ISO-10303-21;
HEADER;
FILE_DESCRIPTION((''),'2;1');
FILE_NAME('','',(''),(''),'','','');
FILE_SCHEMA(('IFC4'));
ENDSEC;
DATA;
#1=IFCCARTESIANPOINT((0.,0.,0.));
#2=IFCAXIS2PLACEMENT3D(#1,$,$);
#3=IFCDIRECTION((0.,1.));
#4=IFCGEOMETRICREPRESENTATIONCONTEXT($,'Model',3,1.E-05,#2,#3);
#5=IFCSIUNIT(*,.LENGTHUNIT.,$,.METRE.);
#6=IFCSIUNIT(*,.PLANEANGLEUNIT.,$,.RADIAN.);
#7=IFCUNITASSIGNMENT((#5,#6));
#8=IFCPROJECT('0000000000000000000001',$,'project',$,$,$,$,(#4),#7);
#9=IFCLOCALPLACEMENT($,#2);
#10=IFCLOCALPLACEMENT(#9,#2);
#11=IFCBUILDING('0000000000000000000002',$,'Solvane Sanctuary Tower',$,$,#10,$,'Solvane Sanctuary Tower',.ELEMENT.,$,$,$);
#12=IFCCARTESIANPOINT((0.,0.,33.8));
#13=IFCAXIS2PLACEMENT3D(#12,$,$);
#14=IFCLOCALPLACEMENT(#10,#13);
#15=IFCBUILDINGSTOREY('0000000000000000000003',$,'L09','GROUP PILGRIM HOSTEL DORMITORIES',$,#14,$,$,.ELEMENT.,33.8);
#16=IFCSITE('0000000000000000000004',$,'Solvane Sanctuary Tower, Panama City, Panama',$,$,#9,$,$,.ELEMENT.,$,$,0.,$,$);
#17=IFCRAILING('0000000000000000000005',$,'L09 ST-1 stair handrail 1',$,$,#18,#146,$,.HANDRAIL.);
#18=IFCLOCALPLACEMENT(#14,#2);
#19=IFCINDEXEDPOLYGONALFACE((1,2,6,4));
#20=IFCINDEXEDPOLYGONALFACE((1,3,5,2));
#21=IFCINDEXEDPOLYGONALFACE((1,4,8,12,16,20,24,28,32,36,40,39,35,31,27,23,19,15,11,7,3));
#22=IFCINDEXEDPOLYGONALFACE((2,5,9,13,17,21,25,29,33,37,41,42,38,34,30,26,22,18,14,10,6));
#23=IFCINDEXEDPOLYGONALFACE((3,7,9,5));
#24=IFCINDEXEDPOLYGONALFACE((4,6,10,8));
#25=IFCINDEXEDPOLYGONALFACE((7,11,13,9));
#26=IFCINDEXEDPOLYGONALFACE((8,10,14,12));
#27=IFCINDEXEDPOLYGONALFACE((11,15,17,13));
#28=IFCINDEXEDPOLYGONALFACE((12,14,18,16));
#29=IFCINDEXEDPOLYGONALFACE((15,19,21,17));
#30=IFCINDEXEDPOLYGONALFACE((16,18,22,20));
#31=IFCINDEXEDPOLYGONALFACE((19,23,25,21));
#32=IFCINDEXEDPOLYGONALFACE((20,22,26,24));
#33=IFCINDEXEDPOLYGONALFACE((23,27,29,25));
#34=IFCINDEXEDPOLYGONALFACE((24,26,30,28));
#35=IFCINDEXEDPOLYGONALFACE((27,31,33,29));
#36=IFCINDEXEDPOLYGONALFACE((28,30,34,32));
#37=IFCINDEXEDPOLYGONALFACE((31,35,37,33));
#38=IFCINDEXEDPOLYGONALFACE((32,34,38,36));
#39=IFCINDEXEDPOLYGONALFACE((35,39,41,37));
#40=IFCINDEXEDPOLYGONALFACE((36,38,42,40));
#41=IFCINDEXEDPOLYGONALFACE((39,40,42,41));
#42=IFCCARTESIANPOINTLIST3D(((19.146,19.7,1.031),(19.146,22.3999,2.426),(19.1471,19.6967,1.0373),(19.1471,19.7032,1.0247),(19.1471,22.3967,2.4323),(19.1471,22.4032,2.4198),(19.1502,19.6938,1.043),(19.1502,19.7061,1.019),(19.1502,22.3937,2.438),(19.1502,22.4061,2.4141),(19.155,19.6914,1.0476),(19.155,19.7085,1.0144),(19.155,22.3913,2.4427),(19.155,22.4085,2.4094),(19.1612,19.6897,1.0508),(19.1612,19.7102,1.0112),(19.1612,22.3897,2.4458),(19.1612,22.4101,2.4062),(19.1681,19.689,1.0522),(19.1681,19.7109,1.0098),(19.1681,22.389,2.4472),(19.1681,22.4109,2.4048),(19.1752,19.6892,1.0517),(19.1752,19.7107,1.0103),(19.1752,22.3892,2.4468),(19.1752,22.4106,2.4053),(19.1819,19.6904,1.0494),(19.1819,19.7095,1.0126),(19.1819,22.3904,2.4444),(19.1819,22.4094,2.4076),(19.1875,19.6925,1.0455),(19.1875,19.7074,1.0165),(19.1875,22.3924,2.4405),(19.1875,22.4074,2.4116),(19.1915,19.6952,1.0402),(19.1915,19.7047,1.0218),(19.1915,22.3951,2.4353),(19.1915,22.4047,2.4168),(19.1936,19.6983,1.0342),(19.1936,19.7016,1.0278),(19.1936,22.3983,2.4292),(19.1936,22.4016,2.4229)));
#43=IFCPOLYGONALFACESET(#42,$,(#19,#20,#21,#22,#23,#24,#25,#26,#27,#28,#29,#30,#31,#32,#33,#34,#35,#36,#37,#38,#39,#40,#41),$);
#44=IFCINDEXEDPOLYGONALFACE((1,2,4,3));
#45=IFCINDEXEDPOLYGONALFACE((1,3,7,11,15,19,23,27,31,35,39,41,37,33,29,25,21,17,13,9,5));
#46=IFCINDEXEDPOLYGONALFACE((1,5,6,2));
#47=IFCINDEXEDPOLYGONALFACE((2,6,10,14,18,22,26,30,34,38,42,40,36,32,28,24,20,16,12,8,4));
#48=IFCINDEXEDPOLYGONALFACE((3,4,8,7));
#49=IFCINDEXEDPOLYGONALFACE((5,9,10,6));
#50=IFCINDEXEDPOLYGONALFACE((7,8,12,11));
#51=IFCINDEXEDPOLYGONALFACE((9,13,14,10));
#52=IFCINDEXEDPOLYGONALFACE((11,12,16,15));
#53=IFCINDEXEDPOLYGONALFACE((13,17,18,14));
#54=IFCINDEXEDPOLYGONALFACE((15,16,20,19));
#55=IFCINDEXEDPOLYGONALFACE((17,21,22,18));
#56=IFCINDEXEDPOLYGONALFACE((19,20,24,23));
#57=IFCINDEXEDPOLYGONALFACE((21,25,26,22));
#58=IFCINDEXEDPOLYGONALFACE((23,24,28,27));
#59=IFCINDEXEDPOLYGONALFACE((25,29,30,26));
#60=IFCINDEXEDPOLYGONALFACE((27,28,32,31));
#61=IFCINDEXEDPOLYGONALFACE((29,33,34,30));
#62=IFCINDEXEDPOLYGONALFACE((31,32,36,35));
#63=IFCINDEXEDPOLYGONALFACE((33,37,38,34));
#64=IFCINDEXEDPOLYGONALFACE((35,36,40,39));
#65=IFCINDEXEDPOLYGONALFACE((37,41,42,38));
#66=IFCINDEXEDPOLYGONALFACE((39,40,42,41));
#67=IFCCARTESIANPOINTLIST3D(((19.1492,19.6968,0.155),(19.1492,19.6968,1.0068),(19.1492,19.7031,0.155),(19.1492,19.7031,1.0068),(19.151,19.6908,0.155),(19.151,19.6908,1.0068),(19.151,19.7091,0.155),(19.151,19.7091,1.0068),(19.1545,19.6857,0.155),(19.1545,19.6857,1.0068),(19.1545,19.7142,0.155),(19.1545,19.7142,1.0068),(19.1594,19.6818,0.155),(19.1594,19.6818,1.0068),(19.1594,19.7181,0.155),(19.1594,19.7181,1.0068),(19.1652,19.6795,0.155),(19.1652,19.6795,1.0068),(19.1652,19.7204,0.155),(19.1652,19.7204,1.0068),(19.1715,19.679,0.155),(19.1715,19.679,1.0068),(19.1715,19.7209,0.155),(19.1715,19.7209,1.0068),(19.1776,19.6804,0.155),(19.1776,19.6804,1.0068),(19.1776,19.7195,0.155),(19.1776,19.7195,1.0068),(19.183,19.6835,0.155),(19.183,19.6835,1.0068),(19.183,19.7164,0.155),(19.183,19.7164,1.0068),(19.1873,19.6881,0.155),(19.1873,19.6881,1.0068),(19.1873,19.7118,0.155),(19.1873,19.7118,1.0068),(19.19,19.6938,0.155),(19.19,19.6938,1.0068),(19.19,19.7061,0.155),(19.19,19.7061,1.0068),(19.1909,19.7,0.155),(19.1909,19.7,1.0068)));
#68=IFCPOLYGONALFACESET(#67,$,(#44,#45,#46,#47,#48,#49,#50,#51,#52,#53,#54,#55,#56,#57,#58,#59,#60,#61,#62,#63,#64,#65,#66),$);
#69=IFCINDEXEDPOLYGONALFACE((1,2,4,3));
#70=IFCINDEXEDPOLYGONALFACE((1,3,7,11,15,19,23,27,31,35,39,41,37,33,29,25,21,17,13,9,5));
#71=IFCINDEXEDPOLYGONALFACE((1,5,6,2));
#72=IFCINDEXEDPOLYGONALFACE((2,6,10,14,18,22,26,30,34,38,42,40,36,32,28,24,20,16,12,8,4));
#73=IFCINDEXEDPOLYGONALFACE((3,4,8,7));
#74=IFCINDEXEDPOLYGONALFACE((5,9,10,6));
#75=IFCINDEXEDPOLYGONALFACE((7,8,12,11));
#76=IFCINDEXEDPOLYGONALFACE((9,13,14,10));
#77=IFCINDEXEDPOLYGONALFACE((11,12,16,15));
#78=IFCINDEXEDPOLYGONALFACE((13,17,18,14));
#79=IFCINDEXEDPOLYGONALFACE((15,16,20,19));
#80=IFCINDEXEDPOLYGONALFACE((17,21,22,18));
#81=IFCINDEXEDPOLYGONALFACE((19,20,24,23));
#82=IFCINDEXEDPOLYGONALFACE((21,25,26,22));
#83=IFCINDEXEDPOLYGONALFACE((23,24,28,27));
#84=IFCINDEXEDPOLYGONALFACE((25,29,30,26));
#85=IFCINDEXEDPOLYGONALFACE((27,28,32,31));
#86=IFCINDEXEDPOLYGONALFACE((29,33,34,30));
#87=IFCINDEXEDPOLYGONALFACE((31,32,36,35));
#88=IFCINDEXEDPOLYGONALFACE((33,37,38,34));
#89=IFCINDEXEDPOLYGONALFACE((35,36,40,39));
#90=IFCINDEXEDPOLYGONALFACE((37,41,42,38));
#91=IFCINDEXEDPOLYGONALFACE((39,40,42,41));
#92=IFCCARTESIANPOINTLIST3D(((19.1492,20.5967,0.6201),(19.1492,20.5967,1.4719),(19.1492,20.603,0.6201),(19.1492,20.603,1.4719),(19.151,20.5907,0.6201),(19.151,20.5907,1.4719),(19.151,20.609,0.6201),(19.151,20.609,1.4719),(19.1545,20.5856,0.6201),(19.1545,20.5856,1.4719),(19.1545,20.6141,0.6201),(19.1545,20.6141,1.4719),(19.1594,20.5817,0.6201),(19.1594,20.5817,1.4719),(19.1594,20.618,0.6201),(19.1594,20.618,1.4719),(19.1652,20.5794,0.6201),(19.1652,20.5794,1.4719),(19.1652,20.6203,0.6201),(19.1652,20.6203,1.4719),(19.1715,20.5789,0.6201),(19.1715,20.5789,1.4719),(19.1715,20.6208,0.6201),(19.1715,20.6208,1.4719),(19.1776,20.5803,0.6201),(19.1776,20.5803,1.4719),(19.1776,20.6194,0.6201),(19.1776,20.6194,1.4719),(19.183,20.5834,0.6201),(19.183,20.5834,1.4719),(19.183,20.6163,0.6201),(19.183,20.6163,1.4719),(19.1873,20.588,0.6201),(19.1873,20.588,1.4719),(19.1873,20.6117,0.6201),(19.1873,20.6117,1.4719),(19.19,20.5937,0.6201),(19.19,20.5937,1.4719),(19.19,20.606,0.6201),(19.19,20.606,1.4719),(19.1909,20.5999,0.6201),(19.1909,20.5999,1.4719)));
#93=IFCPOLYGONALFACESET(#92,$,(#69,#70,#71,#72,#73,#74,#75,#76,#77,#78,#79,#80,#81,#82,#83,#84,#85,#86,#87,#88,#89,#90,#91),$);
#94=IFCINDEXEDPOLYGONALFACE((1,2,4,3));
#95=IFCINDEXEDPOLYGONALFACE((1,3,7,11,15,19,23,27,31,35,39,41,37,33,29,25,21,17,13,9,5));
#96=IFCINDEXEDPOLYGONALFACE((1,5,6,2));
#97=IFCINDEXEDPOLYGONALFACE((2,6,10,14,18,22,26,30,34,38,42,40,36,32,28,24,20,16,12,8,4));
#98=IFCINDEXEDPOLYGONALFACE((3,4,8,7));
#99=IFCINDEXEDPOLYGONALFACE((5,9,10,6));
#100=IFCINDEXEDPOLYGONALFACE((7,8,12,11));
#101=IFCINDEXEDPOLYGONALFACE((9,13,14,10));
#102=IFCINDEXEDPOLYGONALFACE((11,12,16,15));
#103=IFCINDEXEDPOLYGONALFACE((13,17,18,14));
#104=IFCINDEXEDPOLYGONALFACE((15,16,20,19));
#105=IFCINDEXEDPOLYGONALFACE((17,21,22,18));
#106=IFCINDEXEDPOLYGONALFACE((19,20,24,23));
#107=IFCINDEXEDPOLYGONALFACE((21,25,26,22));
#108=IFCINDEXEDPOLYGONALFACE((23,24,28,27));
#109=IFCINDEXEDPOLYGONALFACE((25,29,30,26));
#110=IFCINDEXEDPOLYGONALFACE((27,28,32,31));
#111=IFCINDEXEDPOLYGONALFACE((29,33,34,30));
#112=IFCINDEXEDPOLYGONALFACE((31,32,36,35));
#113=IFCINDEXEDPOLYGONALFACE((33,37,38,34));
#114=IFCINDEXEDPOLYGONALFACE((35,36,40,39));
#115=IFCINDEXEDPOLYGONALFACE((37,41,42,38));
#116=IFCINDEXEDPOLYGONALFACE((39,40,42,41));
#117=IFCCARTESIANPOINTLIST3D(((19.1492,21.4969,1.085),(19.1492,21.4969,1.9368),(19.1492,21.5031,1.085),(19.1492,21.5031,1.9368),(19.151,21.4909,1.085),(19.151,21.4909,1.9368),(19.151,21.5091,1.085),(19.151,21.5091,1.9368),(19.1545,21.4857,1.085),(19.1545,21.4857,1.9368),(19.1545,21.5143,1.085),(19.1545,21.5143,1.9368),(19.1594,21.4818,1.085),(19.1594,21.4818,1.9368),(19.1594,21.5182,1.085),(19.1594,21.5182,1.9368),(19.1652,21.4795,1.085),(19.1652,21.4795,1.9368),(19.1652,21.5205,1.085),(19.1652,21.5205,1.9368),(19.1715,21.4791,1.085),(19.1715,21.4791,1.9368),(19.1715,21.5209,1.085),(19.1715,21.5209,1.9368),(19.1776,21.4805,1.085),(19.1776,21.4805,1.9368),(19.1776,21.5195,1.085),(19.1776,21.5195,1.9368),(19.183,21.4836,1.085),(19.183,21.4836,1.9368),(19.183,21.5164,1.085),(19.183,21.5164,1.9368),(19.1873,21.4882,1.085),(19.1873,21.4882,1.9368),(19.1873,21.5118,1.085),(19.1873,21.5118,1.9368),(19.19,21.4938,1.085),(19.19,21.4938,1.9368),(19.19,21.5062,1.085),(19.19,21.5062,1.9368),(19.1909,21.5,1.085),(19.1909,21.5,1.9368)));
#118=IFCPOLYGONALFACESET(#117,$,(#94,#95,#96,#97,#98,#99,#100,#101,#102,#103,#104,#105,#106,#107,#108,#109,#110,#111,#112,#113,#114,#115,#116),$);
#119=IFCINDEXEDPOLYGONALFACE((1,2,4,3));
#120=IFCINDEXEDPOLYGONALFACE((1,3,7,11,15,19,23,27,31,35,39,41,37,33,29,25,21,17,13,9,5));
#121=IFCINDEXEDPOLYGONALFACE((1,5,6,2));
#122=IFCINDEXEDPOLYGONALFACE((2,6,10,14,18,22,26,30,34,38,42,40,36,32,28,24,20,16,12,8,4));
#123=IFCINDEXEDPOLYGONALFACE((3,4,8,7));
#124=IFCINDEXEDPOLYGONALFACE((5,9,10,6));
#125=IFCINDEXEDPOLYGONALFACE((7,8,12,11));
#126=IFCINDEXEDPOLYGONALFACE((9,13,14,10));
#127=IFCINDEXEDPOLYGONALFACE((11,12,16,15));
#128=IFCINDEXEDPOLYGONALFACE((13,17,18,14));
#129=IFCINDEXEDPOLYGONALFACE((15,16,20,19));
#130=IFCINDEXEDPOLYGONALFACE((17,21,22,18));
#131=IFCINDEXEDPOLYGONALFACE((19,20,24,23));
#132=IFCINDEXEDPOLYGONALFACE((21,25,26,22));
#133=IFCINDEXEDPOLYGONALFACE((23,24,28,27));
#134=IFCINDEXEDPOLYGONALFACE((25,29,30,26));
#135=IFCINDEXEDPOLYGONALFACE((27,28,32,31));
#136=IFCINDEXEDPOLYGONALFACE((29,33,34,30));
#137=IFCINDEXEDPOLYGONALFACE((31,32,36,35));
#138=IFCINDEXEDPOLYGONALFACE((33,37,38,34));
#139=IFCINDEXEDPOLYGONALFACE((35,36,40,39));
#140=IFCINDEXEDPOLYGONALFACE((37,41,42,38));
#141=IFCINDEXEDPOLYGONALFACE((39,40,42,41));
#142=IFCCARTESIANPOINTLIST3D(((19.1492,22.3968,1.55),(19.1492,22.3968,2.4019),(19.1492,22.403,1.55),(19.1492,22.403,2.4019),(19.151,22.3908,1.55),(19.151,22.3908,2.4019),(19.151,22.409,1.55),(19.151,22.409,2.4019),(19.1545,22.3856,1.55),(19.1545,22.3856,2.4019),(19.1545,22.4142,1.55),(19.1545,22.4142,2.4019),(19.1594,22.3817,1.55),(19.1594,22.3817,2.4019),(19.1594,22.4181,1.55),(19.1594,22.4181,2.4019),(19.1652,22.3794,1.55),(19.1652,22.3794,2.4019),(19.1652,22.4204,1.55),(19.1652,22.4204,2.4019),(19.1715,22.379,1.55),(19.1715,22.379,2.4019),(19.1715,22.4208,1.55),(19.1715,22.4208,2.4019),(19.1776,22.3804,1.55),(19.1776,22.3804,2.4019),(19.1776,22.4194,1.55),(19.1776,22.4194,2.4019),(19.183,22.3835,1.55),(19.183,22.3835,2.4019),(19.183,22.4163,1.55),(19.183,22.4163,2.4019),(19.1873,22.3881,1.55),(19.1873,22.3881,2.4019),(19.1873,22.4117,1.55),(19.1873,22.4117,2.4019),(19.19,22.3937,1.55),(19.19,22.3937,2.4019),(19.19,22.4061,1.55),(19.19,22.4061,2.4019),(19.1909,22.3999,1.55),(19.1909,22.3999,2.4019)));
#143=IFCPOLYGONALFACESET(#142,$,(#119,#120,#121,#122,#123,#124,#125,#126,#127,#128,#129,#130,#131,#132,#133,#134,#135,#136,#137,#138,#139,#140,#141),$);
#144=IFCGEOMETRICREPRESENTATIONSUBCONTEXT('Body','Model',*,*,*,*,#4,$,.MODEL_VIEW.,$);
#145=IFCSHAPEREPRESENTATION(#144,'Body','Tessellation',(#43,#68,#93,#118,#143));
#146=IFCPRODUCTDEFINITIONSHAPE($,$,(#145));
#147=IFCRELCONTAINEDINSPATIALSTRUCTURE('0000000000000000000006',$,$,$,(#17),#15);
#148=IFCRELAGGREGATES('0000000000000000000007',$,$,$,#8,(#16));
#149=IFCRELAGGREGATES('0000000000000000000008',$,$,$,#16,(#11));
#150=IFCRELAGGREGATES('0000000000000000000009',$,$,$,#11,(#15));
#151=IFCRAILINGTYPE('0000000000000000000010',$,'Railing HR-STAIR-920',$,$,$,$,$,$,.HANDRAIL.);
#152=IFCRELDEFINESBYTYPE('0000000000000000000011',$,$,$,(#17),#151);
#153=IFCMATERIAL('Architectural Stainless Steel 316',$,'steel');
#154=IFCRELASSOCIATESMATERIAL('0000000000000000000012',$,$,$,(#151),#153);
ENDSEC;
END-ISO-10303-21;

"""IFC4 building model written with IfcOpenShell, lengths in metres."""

from ifc_helpers import new_model, si_unit, direction, frame, origin, origin_2d, place, context, subcontext, project, spatial, circle, extrude, material, type_object, element, save


model = new_model("IFC4")

# Units and contexts
model_context = context("Model", 3, precision=1e-05, world=origin(), true_north=direction((0.0, 1.0)))
body_context = subcontext(model_context, "Body", "Model", "MODEL_VIEW")
ifc_project = project(units=[si_unit("LENGTHUNIT", "METRE"), si_unit("PLANEANGLEUNIT", "RADIAN")], contexts=[model_context])

# Site, building, storey
site_placement = place(None, origin())
site = spatial("IfcSite", under=ifc_project, at=site_placement, Name="Solvane Sanctuary Tower, Panama City, Panama", CompositionType="ELEMENT", RefElevation=0.0)
building_placement = place(site_placement, origin())
building = spatial("IfcBuilding", under=site, at=building_placement, Name="Solvane Sanctuary Tower", LongName="Solvane Sanctuary Tower", CompositionType="ELEMENT")
storey_placement = place(building_placement, frame((0.0, 0.0, 33.8)))
storey = spatial("IfcBuildingStorey", under=building, at=storey_placement, Name="L09", Description="GROUP PILGRIM HOSTEL DORMITORIES", CompositionType="ELEMENT", Elevation=33.8)

# Shared definitions
ifc_material_1 = material(Name="Architectural Stainless Steel 316", Category="steel")

# Railing
railing_type_1 = type_object("IfcRailingType", Name="Railing HR-STAIR-920", PredefinedType="HANDRAIL", material=ifc_material_1)
railing_1_placement = place(storey_placement, frame((19.1699, 19.7, 0.155)))
element("IfcRailing", 1, at=railing_1_placement, inside=storey, type_object=railing_type_1, Name="L09 ST-1 stair handrail 1", PredefinedType="HANDRAIL", context=body_context, shape_type="SweptSolid", body=[
    extrude(circle(Radius=0.0239, at=origin_2d()), frame((0.0, 0.0, 0.876), z_axis=(0.0, 0.88842, 0.459032), x_axis=(-1.0, 0.0, 0.0)), (0.0, 0.0, 1.0), 3.0391),
    extrude(circle(Radius=0.021, at=origin_2d()), origin(), (0.0, 0.0, 1.0), 0.8518),
    extrude(circle(Radius=0.021, at=origin_2d()), frame((0.0, 0.8999, 0.4651)), (0.0, 0.0, 1.0), 0.8518),
    extrude(circle(Radius=0.021, at=origin_2d()), frame((0.0, 1.8, 0.9299)), (0.0, 0.0, 1.0), 0.8518),
    extrude(circle(Radius=0.021, at=origin_2d()), frame((0.0, 2.7, 1.395)), (0.0, 0.0, 1.0), 0.8518),
])

save(model, "model.ifc")
